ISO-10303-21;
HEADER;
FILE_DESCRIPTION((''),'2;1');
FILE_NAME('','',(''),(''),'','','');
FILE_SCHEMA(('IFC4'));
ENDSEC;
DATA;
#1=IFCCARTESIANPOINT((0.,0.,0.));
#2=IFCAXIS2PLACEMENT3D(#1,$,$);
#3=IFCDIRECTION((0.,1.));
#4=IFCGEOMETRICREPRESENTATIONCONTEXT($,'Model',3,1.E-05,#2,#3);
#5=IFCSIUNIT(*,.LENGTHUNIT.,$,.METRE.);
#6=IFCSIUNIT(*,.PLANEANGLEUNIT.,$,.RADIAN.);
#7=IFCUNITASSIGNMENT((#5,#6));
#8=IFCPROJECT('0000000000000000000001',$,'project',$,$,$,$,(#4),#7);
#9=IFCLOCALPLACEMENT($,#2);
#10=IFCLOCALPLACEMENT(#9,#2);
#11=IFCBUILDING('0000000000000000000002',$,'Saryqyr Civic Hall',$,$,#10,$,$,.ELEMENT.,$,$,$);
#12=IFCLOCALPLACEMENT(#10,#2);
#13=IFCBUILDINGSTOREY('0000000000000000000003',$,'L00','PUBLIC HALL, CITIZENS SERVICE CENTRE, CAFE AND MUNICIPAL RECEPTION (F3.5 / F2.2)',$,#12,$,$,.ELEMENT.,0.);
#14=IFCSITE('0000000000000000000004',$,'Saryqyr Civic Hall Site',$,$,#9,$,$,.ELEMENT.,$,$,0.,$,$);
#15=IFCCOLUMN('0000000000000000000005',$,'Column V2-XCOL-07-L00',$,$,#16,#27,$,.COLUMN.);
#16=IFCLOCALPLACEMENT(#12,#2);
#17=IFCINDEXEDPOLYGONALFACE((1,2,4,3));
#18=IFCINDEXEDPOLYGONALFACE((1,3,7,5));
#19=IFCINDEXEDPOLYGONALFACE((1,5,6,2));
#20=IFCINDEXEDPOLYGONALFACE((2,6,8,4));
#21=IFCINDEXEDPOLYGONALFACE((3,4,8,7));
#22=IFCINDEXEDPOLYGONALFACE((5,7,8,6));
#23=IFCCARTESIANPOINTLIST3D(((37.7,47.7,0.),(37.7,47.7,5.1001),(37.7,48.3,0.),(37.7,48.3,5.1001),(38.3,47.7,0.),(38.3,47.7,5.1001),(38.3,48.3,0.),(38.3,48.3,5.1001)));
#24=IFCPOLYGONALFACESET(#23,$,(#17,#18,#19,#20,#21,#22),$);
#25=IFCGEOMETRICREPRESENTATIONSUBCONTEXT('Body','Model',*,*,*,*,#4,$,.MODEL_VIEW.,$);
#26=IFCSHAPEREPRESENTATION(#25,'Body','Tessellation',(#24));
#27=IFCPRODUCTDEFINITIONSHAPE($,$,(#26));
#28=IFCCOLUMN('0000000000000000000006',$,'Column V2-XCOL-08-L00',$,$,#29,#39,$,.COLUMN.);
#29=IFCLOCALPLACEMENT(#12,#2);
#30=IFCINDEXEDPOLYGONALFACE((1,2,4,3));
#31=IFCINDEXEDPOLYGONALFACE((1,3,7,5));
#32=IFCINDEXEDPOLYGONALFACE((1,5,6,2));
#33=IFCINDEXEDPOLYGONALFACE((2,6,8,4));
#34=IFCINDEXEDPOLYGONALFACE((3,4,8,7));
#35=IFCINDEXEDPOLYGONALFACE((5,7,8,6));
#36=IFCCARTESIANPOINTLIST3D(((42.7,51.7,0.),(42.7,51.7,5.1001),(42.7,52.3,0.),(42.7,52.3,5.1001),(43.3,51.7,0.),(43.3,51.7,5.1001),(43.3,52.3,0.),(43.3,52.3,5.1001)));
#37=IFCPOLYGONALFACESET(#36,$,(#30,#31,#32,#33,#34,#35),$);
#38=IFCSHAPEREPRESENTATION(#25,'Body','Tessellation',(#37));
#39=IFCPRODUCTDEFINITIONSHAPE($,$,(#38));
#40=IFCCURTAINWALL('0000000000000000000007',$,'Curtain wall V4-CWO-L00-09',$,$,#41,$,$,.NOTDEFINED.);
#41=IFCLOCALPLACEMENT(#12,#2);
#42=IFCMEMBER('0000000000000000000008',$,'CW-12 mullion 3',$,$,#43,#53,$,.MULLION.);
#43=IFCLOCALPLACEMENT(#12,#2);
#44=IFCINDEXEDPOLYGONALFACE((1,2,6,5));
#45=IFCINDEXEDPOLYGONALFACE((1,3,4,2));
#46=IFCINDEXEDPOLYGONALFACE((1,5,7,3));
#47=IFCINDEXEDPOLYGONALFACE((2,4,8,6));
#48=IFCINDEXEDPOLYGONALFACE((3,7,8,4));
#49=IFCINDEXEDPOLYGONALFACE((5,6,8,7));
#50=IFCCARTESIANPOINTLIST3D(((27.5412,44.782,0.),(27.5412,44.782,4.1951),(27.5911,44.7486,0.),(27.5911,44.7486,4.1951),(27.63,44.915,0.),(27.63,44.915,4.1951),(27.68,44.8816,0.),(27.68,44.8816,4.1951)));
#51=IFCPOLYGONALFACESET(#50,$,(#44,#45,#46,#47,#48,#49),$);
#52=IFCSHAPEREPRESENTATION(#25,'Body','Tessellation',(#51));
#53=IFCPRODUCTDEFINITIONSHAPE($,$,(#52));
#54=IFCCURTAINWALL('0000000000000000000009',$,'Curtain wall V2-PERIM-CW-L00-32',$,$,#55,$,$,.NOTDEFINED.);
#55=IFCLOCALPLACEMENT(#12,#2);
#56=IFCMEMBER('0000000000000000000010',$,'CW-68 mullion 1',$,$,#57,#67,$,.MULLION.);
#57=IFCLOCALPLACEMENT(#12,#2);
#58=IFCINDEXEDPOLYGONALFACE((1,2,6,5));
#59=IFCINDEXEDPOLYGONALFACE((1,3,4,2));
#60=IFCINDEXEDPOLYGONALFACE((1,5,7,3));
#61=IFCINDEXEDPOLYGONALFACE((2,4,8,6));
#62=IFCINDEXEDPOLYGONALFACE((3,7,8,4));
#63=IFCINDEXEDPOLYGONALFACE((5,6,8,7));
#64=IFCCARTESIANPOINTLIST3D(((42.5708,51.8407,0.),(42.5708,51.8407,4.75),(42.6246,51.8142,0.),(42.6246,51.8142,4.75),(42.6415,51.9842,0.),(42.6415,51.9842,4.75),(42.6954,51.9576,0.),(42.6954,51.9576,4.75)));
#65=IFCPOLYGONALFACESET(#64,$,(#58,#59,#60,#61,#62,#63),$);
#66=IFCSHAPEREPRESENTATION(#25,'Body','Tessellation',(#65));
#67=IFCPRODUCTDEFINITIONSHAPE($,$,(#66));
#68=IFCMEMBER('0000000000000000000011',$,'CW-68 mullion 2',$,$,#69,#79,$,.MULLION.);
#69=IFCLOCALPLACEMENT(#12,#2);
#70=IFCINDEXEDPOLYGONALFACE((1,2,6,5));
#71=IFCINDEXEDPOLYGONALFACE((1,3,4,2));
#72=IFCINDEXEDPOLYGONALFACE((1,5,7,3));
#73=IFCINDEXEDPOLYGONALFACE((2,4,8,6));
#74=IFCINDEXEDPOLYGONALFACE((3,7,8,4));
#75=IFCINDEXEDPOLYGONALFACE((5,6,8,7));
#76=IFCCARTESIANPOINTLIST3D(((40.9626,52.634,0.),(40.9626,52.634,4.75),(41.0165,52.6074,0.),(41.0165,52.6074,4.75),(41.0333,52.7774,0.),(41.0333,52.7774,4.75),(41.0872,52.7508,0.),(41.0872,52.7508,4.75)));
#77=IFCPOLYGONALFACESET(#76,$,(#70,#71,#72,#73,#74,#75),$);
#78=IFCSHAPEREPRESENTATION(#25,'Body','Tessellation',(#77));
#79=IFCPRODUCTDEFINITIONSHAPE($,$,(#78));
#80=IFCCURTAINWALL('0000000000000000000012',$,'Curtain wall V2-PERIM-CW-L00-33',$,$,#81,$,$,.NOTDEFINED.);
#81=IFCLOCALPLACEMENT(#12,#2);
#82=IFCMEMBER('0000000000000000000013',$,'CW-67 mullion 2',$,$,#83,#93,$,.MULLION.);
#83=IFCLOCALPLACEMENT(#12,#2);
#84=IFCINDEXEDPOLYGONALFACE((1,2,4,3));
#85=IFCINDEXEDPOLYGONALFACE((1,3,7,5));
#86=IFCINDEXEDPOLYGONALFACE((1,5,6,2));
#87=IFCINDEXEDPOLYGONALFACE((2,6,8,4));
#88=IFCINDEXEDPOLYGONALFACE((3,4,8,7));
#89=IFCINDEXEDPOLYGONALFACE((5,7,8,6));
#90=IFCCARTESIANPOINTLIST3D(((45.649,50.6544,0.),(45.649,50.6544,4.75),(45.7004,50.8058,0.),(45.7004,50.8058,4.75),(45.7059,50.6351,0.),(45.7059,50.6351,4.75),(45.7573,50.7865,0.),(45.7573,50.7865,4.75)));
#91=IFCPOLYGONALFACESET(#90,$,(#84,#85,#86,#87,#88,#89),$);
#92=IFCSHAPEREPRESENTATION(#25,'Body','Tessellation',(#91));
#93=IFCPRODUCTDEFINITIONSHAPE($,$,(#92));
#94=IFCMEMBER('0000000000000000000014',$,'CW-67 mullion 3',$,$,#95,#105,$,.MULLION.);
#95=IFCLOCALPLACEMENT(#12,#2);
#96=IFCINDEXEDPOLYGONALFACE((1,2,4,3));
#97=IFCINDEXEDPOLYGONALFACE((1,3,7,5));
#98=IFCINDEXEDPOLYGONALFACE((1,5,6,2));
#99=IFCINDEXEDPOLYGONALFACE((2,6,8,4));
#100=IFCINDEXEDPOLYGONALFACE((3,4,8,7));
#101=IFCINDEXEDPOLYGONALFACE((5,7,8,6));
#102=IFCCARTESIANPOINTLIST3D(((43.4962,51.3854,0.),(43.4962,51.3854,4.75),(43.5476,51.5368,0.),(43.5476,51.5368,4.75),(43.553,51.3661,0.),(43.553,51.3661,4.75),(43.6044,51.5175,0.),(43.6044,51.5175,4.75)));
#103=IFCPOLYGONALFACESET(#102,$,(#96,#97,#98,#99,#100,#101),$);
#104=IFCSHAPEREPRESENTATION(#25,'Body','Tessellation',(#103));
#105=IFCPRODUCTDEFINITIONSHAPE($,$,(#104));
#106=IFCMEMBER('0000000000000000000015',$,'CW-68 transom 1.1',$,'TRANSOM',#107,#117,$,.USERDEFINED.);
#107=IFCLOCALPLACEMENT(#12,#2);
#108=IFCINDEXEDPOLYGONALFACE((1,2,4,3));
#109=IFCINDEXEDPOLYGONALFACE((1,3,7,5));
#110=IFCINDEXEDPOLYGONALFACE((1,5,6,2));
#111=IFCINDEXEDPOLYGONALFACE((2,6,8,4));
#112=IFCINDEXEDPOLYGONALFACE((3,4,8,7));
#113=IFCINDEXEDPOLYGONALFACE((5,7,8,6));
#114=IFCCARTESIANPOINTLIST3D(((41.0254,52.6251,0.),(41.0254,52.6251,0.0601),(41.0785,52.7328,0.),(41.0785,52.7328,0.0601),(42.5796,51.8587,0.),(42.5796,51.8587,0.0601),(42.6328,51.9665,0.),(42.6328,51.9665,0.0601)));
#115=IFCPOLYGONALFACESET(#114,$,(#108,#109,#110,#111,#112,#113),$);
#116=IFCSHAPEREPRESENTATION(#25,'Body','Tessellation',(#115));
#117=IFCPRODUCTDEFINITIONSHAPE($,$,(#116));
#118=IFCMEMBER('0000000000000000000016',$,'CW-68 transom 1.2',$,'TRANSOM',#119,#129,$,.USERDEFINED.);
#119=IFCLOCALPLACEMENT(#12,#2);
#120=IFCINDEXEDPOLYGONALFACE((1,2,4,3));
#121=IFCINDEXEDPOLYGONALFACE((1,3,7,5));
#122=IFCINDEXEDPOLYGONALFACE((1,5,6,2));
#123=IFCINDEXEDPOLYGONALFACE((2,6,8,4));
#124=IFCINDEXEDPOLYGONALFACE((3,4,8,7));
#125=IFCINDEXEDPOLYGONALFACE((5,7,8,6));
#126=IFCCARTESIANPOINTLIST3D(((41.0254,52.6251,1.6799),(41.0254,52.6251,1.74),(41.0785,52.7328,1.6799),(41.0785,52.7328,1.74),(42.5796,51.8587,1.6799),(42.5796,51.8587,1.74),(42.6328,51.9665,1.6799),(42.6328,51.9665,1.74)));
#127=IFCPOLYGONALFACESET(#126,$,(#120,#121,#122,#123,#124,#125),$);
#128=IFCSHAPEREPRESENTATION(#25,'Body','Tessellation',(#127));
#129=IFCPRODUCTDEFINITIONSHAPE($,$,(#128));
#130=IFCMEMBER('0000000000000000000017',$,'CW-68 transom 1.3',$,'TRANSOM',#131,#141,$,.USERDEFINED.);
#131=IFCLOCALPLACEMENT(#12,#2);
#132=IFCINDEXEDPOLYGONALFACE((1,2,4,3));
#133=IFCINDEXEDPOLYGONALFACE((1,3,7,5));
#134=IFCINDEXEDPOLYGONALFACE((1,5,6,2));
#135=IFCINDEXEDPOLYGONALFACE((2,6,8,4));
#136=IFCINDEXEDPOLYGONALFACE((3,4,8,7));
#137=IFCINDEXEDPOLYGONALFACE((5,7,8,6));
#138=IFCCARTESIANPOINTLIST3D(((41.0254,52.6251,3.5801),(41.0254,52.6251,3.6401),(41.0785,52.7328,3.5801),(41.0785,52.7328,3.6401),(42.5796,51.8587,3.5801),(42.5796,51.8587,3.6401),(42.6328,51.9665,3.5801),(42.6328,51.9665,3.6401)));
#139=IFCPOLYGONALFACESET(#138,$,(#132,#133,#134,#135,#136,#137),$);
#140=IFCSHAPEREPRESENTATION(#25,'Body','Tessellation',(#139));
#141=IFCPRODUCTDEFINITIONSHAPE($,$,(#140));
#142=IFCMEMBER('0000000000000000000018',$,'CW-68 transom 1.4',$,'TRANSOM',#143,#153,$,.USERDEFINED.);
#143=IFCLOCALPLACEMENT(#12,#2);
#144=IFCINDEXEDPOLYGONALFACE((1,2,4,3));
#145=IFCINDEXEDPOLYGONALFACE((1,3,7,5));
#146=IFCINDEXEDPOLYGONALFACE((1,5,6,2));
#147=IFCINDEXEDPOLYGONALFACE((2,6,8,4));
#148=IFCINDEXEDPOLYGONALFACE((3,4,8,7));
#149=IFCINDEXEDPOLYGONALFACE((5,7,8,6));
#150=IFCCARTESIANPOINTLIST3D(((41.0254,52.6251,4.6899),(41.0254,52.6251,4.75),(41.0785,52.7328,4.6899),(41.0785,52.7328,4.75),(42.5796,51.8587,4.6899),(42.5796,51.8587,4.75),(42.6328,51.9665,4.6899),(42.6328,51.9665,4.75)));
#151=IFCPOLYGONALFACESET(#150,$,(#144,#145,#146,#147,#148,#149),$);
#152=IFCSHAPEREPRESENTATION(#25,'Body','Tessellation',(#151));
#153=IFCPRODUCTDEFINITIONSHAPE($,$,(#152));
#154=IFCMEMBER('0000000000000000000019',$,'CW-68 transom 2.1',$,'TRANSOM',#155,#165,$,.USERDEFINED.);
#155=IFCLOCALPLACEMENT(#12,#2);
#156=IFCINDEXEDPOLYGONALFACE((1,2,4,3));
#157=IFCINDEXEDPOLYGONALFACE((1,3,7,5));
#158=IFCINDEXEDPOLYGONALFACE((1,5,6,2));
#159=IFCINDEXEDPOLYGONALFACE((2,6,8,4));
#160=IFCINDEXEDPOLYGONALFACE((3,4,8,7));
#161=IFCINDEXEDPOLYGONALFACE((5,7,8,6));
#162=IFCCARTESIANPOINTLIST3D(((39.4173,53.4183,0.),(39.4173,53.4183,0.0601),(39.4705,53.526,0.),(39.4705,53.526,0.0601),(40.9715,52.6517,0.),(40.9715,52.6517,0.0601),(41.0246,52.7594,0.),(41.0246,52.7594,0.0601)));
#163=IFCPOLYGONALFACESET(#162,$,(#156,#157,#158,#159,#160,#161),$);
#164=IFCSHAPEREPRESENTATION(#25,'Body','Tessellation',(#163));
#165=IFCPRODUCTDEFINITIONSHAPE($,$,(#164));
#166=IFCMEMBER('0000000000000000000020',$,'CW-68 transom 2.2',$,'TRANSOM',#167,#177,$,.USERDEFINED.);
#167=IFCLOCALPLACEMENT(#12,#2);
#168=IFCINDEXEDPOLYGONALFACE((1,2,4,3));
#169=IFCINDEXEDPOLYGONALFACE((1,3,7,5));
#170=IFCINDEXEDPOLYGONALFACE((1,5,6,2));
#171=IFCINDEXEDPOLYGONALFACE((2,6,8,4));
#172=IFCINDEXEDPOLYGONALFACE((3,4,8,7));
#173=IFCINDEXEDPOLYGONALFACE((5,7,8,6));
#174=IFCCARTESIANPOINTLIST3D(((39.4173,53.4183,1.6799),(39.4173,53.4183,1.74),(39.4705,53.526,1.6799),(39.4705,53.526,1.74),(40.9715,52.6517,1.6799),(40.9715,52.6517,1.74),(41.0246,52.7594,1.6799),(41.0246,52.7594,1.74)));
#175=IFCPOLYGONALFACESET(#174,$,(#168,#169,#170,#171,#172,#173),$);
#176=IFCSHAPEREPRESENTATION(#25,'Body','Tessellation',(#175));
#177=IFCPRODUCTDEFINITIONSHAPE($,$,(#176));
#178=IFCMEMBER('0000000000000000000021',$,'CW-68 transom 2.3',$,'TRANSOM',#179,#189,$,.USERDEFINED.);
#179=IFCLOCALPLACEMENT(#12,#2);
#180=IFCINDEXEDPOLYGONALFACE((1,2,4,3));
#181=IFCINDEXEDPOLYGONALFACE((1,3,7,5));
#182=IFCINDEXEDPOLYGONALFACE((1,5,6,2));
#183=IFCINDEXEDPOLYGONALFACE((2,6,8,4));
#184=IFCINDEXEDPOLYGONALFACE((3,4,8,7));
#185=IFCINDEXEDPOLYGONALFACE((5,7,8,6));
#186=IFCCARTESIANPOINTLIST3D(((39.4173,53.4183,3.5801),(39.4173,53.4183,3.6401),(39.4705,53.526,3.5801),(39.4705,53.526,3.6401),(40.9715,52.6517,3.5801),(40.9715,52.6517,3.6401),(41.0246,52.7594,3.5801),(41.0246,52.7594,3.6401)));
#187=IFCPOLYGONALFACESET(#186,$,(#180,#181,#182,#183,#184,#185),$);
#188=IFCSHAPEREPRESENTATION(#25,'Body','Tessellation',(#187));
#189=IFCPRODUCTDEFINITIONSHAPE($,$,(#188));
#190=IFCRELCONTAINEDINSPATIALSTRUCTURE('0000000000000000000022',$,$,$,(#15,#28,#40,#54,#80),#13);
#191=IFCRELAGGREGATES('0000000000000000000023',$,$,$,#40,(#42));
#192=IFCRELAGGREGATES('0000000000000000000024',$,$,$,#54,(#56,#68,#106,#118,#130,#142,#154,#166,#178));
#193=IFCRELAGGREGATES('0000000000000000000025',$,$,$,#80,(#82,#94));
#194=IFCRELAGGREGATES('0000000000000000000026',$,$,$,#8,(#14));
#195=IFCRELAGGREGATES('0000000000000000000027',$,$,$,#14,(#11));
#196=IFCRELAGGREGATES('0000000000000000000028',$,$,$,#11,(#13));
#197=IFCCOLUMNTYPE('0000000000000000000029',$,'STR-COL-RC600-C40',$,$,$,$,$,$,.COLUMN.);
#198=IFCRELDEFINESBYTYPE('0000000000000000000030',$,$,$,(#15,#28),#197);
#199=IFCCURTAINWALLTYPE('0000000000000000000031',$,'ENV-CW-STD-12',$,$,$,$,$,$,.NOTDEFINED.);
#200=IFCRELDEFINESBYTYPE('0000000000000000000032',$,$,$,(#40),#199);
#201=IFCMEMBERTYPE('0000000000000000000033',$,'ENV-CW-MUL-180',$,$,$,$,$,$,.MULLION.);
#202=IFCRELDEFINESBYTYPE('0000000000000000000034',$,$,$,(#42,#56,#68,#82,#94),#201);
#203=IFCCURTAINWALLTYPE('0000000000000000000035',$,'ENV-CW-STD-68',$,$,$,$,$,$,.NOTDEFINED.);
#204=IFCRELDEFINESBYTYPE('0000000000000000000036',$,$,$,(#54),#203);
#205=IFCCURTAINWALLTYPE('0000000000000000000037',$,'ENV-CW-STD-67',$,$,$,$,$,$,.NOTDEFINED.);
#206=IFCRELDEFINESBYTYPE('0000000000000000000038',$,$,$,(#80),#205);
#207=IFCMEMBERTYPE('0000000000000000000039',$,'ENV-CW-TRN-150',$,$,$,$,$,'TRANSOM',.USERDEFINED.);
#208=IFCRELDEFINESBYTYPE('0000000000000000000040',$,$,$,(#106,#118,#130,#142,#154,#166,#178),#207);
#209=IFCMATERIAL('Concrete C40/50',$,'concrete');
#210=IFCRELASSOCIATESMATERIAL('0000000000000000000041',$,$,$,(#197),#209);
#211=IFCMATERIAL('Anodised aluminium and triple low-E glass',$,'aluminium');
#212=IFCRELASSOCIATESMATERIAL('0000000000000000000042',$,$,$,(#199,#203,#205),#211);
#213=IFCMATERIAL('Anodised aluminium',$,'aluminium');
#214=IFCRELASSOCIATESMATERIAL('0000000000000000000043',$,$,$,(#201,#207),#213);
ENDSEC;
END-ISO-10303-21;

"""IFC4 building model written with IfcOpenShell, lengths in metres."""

from ifc_helpers import new_model, si_unit, direction, frame, origin, origin_2d, place, context, subcontext, project, spatial, rectangle, extrude, material, material_profile, profile_set, type_object, element, aggregate, save


model = new_model("IFC4")

# Units and contexts
model_context = context("Model", 3, precision=1e-05, world=origin(), true_north=direction((0.0, 1.0)))
body_context = subcontext(model_context, "Body", "Model", "MODEL_VIEW")
ifc_project = project(units=[si_unit("LENGTHUNIT", "METRE"), si_unit("PLANEANGLEUNIT", "RADIAN")], contexts=[model_context])

# Site, building, storey
site_placement = place(None, origin())
site = spatial("IfcSite", under=ifc_project, at=site_placement, Name="Saryqyr Civic Hall Site", CompositionType="ELEMENT", RefElevation=0.0)
building_placement = place(site_placement, origin())
building = spatial("IfcBuilding", under=site, at=building_placement, Name="Saryqyr Civic Hall", CompositionType="ELEMENT")
storey_placement = place(building_placement, origin())
storey = spatial("IfcBuildingStorey", under=building, at=storey_placement, Name="L00", Description="PUBLIC HALL, CITIZENS SERVICE CENTRE, CAFE AND MUNICIPAL RECEPTION (F3.5 / F2.2)", CompositionType="ELEMENT", Elevation=0.0)

# Columns
ifc_material_1 = material(Name="Concrete C40/50", Category="concrete")
ifc_material_profile_1 = material_profile(ifc_material_1, rectangle(XDim=0.6001, YDim=0.6001, at=origin_2d()), Name="RC 600x600")
ifc_profile_set_1 = profile_set([ifc_material_profile_1], Name="Concrete C40/50")
column_type_1 = type_object("IfcColumnType", Name="STR-COL-RC600-C40", PredefinedType="COLUMN", material=ifc_profile_set_1)
for number, where, z_axis, x_axis, name in (
    (1, (38.0, 48.0, 0.0), (0.0, 0.0, 1.0), (1.0, 0.0, 0.0), "Column V2-XCOL-07-L00"),
    (2, (43.0, 52.0, 0.0), (0.0, 0.0, 1.0), (1.0, 0.0, 0.0), "Column V2-XCOL-08-L00"),
):
    element("IfcColumn", number, at=place(storey_placement, frame(where, z_axis=z_axis, x_axis=x_axis)), inside=storey, type_object=column_type_1, Name=name, PredefinedType="COLUMN", context=body_context, shape_type="SweptSolid", body=[
        extrude(rectangle(XDim=0.6001, YDim=0.6001, at=origin_2d()), origin(), (0.0, 0.0, 1.0), 5.1001),
    ])

# Curtain wall, member
ifc_material_2 = material(Name="Anodised aluminium and triple low-E glass", Category="aluminium")
curtain_wall_type_1 = type_object("IfcCurtainWallType", Name="ENV-CW-STD-12", PredefinedType="NOTDEFINED", material=ifc_material_2)
curtain_wall_1_placement = place(storey_placement, origin())
curtain_wall_1 = element("IfcCurtainWall", 3, at=curtain_wall_1_placement, inside=storey, type_object=curtain_wall_type_1, Name="Curtain wall V4-CWO-L00-09", PredefinedType="NOTDEFINED")
ifc_material_3 = material(Name="Anodised aluminium", Category="aluminium")
ifc_material_profile_2 = material_profile(ifc_material_3, rectangle(XDim=0.0601, YDim=0.1599, at=origin_2d()), Name="ALU MULLION 60x160")
ifc_profile_set_2 = profile_set([ifc_material_profile_2], Name="Anodised aluminium")
member_type_1 = type_object("IfcMemberType", Name="ENV-CW-MUL-180", PredefinedType="MULLION", material=ifc_profile_set_2)
member_1_placement = place(storey_placement, frame((27.6106, 44.8318, 0.0), z_axis=(0.0, 0.0, 1.0), x_axis=(-0.831476, 0.555561, 0.0)))
member_1 = element("IfcMember", 4, at=member_1_placement, type_object=member_type_1, Name="CW-12 mullion 3", PredefinedType="MULLION", context=body_context, shape_type="SweptSolid", body=[
    extrude(rectangle(XDim=0.0601, YDim=0.1599, at=origin_2d()), origin(), (0.0, 0.0, 1.0), 4.1951),
])

# Curtain walls, members
curtain_wall_type_2 = type_object("IfcCurtainWallType", Name="ENV-CW-STD-68", PredefinedType="NOTDEFINED", material=ifc_material_2)
curtain_wall_2_placement = place(storey_placement, origin())
curtain_wall_2 = element("IfcCurtainWall", 5, at=curtain_wall_2_placement, inside=storey, type_object=curtain_wall_type_2, Name="Curtain wall V2-PERIM-CW-L00-32", PredefinedType="NOTDEFINED")
member_2_placement = place(storey_placement, frame((42.6331, 51.8992, 0.0), z_axis=(0.0, 0.0, 1.0), x_axis=(-0.896871, 0.442292, 0.0)))
member_2 = element("IfcMember", 6, at=member_2_placement, type_object=member_type_1, Name="CW-68 mullion 1", PredefinedType="MULLION", context=body_context, shape_type="SweptSolid", body=[
    extrude(rectangle(XDim=0.0601, YDim=0.1599, at=origin_2d()), origin(), (0.0, 0.0, 1.0), 4.75),
])
member_3_placement = place(storey_placement, frame((41.0249, 52.6924, 0.0), z_axis=(0.0, 0.0, 1.0), x_axis=(-0.896871, 0.442292, 0.0)))
member_3 = element("IfcMember", 7, at=member_3_placement, type_object=member_type_1, Name="CW-68 mullion 2", PredefinedType="MULLION", context=body_context, shape_type="SweptSolid", body=[
    extrude(rectangle(XDim=0.0601, YDim=0.1599, at=origin_2d()), origin(), (0.0, 0.0, 1.0), 4.75),
])
curtain_wall_type_3 = type_object("IfcCurtainWallType", Name="ENV-CW-STD-67", PredefinedType="NOTDEFINED", material=ifc_material_2)
curtain_wall_3_placement = place(storey_placement, origin())
curtain_wall_3 = element("IfcCurtainWall", 8, at=curtain_wall_3_placement, inside=storey, type_object=curtain_wall_type_3, Name="Curtain wall V2-PERIM-CW-L00-33", PredefinedType="NOTDEFINED")
member_4_placement = place(storey_placement, frame((45.7031, 50.7205, 0.0), z_axis=(0.0, 0.0, 1.0), x_axis=(-0.946928, 0.321445, 0.0)))
member_4 = element("IfcMember", 9, at=member_4_placement, type_object=member_type_1, Name="CW-67 mullion 2", PredefinedType="MULLION", context=body_context, shape_type="SweptSolid", body=[
    extrude(rectangle(XDim=0.0601, YDim=0.1599, at=origin_2d()), origin(), (0.0, 0.0, 1.0), 4.75),
])
member_5_placement = place(storey_placement, frame((43.5503, 51.4514, 0.0), z_axis=(0.0, 0.0, 1.0), x_axis=(-0.946928, 0.321445, 0.0)))
member_5 = element("IfcMember", 10, at=member_5_placement, type_object=member_type_1, Name="CW-67 mullion 3", PredefinedType="MULLION", context=body_context, shape_type="SweptSolid", body=[
    extrude(rectangle(XDim=0.0601, YDim=0.1599, at=origin_2d()), origin(), (0.0, 0.0, 1.0), 4.75),
])

# Members
ifc_material_profile_3 = material_profile(ifc_material_3, rectangle(XDim=0.1201, YDim=0.0601, at=origin_2d()), Name="ALU TRANSOM 120x60")
ifc_profile_set_3 = profile_set([ifc_material_profile_3], Name="Anodised aluminium")
member_type_2 = type_object("IfcMemberType", Name="ENV-CW-TRN-150", ElementType="TRANSOM", PredefinedType="USERDEFINED", material=ifc_profile_set_3)
member_6_placement = place(storey_placement, frame((42.6062, 51.9126, 0.03), z_axis=(-0.896893, 0.442247, 0.0), x_axis=(-0.442247, -0.896893, 0.0)))
member_6 = element("IfcMember", 11, at=member_6_placement, type_object=member_type_2, Name="CW-68 transom 1.1", ObjectType="TRANSOM", PredefinedType="USERDEFINED", context=body_context, shape_type="SweptSolid", body=[
    extrude(rectangle(XDim=0.1201, YDim=0.0601, at=origin_2d()), origin(), (0.0, 0.0, 1.0), 1.7329),
])
member_7_placement = place(storey_placement, frame((42.6062, 51.9126, 1.71), z_axis=(-0.896893, 0.442247, 0.0), x_axis=(-0.442247, -0.896893, 0.0)))
member_7 = element("IfcMember", 12, at=member_7_placement, type_object=member_type_2, Name="CW-68 transom 1.2", ObjectType="TRANSOM", PredefinedType="USERDEFINED", context=body_context, shape_type="SweptSolid", body=[
    extrude(rectangle(XDim=0.1201, YDim=0.0601, at=origin_2d()), origin(), (0.0, 0.0, 1.0), 1.7329),
])
member_8_placement = place(storey_placement, frame((42.6062, 51.9126, 3.6101), z_axis=(-0.896893, 0.442247, 0.0), x_axis=(-0.442247, -0.896893, 0.0)))
member_8 = element("IfcMember", 13, at=member_8_placement, type_object=member_type_2, Name="CW-68 transom 1.3", ObjectType="TRANSOM", PredefinedType="USERDEFINED", context=body_context, shape_type="SweptSolid", body=[
    extrude(rectangle(XDim=0.1201, YDim=0.0601, at=origin_2d()), origin(), (0.0, 0.0, 1.0), 1.7329),
])
member_9_placement = place(storey_placement, frame((42.6062, 51.9126, 4.72), z_axis=(-0.896893, 0.442247, 0.0), x_axis=(-0.442247, -0.896893, 0.0)))
member_9 = element("IfcMember", 14, at=member_9_placement, type_object=member_type_2, Name="CW-68 transom 1.4", ObjectType="TRANSOM", PredefinedType="USERDEFINED", context=body_context, shape_type="SweptSolid", body=[
    extrude(rectangle(XDim=0.1201, YDim=0.0601, at=origin_2d()), origin(), (0.0, 0.0, 1.0), 1.7329),
])
member_10_placement = place(storey_placement, frame((40.998, 52.7056, 0.03), z_axis=(-0.896837, 0.442361, 0.0), x_axis=(-0.442361, -0.896837, 0.0)))
member_10 = element("IfcMember", 15, at=member_10_placement, type_object=member_type_2, Name="CW-68 transom 2.1", ObjectType="TRANSOM", PredefinedType="USERDEFINED", context=body_context, shape_type="SweptSolid", body=[
    extrude(rectangle(XDim=0.1201, YDim=0.0601, at=origin_2d()), origin(), (0.0, 0.0, 1.0), 1.7329),
])
member_11_placement = place(storey_placement, frame((40.998, 52.7056, 1.71), z_axis=(-0.896837, 0.442361, 0.0), x_axis=(-0.442361, -0.896837, 0.0)))
member_11 = element("IfcMember", 16, at=member_11_placement, type_object=member_type_2, Name="CW-68 transom 2.2", ObjectType="TRANSOM", PredefinedType="USERDEFINED", context=body_context, shape_type="SweptSolid", body=[
    extrude(rectangle(XDim=0.1201, YDim=0.0601, at=origin_2d()), origin(), (0.0, 0.0, 1.0), 1.7329),
])
member_12_placement = place(storey_placement, frame((40.998, 52.7056, 3.6101), z_axis=(-0.896837, 0.442361, 0.0), x_axis=(-0.442361, -0.896837, 0.0)))
member_12 = element("IfcMember", 17, at=member_12_placement, type_object=member_type_2, Name="CW-68 transom 2.3", ObjectType="TRANSOM", PredefinedType="USERDEFINED", context=body_context, shape_type="SweptSolid", body=[
    extrude(rectangle(XDim=0.1201, YDim=0.0601, at=origin_2d()), origin(), (0.0, 0.0, 1.0), 1.7329),
])

aggregate(curtain_wall_1, [member_1])

aggregate(curtain_wall_2, [member_2, member_3, member_6, member_7, member_8, member_9, member_10, member_11, member_12])
aggregate(curtain_wall_3, [member_4, member_5])

save(model, "model.ifc")
